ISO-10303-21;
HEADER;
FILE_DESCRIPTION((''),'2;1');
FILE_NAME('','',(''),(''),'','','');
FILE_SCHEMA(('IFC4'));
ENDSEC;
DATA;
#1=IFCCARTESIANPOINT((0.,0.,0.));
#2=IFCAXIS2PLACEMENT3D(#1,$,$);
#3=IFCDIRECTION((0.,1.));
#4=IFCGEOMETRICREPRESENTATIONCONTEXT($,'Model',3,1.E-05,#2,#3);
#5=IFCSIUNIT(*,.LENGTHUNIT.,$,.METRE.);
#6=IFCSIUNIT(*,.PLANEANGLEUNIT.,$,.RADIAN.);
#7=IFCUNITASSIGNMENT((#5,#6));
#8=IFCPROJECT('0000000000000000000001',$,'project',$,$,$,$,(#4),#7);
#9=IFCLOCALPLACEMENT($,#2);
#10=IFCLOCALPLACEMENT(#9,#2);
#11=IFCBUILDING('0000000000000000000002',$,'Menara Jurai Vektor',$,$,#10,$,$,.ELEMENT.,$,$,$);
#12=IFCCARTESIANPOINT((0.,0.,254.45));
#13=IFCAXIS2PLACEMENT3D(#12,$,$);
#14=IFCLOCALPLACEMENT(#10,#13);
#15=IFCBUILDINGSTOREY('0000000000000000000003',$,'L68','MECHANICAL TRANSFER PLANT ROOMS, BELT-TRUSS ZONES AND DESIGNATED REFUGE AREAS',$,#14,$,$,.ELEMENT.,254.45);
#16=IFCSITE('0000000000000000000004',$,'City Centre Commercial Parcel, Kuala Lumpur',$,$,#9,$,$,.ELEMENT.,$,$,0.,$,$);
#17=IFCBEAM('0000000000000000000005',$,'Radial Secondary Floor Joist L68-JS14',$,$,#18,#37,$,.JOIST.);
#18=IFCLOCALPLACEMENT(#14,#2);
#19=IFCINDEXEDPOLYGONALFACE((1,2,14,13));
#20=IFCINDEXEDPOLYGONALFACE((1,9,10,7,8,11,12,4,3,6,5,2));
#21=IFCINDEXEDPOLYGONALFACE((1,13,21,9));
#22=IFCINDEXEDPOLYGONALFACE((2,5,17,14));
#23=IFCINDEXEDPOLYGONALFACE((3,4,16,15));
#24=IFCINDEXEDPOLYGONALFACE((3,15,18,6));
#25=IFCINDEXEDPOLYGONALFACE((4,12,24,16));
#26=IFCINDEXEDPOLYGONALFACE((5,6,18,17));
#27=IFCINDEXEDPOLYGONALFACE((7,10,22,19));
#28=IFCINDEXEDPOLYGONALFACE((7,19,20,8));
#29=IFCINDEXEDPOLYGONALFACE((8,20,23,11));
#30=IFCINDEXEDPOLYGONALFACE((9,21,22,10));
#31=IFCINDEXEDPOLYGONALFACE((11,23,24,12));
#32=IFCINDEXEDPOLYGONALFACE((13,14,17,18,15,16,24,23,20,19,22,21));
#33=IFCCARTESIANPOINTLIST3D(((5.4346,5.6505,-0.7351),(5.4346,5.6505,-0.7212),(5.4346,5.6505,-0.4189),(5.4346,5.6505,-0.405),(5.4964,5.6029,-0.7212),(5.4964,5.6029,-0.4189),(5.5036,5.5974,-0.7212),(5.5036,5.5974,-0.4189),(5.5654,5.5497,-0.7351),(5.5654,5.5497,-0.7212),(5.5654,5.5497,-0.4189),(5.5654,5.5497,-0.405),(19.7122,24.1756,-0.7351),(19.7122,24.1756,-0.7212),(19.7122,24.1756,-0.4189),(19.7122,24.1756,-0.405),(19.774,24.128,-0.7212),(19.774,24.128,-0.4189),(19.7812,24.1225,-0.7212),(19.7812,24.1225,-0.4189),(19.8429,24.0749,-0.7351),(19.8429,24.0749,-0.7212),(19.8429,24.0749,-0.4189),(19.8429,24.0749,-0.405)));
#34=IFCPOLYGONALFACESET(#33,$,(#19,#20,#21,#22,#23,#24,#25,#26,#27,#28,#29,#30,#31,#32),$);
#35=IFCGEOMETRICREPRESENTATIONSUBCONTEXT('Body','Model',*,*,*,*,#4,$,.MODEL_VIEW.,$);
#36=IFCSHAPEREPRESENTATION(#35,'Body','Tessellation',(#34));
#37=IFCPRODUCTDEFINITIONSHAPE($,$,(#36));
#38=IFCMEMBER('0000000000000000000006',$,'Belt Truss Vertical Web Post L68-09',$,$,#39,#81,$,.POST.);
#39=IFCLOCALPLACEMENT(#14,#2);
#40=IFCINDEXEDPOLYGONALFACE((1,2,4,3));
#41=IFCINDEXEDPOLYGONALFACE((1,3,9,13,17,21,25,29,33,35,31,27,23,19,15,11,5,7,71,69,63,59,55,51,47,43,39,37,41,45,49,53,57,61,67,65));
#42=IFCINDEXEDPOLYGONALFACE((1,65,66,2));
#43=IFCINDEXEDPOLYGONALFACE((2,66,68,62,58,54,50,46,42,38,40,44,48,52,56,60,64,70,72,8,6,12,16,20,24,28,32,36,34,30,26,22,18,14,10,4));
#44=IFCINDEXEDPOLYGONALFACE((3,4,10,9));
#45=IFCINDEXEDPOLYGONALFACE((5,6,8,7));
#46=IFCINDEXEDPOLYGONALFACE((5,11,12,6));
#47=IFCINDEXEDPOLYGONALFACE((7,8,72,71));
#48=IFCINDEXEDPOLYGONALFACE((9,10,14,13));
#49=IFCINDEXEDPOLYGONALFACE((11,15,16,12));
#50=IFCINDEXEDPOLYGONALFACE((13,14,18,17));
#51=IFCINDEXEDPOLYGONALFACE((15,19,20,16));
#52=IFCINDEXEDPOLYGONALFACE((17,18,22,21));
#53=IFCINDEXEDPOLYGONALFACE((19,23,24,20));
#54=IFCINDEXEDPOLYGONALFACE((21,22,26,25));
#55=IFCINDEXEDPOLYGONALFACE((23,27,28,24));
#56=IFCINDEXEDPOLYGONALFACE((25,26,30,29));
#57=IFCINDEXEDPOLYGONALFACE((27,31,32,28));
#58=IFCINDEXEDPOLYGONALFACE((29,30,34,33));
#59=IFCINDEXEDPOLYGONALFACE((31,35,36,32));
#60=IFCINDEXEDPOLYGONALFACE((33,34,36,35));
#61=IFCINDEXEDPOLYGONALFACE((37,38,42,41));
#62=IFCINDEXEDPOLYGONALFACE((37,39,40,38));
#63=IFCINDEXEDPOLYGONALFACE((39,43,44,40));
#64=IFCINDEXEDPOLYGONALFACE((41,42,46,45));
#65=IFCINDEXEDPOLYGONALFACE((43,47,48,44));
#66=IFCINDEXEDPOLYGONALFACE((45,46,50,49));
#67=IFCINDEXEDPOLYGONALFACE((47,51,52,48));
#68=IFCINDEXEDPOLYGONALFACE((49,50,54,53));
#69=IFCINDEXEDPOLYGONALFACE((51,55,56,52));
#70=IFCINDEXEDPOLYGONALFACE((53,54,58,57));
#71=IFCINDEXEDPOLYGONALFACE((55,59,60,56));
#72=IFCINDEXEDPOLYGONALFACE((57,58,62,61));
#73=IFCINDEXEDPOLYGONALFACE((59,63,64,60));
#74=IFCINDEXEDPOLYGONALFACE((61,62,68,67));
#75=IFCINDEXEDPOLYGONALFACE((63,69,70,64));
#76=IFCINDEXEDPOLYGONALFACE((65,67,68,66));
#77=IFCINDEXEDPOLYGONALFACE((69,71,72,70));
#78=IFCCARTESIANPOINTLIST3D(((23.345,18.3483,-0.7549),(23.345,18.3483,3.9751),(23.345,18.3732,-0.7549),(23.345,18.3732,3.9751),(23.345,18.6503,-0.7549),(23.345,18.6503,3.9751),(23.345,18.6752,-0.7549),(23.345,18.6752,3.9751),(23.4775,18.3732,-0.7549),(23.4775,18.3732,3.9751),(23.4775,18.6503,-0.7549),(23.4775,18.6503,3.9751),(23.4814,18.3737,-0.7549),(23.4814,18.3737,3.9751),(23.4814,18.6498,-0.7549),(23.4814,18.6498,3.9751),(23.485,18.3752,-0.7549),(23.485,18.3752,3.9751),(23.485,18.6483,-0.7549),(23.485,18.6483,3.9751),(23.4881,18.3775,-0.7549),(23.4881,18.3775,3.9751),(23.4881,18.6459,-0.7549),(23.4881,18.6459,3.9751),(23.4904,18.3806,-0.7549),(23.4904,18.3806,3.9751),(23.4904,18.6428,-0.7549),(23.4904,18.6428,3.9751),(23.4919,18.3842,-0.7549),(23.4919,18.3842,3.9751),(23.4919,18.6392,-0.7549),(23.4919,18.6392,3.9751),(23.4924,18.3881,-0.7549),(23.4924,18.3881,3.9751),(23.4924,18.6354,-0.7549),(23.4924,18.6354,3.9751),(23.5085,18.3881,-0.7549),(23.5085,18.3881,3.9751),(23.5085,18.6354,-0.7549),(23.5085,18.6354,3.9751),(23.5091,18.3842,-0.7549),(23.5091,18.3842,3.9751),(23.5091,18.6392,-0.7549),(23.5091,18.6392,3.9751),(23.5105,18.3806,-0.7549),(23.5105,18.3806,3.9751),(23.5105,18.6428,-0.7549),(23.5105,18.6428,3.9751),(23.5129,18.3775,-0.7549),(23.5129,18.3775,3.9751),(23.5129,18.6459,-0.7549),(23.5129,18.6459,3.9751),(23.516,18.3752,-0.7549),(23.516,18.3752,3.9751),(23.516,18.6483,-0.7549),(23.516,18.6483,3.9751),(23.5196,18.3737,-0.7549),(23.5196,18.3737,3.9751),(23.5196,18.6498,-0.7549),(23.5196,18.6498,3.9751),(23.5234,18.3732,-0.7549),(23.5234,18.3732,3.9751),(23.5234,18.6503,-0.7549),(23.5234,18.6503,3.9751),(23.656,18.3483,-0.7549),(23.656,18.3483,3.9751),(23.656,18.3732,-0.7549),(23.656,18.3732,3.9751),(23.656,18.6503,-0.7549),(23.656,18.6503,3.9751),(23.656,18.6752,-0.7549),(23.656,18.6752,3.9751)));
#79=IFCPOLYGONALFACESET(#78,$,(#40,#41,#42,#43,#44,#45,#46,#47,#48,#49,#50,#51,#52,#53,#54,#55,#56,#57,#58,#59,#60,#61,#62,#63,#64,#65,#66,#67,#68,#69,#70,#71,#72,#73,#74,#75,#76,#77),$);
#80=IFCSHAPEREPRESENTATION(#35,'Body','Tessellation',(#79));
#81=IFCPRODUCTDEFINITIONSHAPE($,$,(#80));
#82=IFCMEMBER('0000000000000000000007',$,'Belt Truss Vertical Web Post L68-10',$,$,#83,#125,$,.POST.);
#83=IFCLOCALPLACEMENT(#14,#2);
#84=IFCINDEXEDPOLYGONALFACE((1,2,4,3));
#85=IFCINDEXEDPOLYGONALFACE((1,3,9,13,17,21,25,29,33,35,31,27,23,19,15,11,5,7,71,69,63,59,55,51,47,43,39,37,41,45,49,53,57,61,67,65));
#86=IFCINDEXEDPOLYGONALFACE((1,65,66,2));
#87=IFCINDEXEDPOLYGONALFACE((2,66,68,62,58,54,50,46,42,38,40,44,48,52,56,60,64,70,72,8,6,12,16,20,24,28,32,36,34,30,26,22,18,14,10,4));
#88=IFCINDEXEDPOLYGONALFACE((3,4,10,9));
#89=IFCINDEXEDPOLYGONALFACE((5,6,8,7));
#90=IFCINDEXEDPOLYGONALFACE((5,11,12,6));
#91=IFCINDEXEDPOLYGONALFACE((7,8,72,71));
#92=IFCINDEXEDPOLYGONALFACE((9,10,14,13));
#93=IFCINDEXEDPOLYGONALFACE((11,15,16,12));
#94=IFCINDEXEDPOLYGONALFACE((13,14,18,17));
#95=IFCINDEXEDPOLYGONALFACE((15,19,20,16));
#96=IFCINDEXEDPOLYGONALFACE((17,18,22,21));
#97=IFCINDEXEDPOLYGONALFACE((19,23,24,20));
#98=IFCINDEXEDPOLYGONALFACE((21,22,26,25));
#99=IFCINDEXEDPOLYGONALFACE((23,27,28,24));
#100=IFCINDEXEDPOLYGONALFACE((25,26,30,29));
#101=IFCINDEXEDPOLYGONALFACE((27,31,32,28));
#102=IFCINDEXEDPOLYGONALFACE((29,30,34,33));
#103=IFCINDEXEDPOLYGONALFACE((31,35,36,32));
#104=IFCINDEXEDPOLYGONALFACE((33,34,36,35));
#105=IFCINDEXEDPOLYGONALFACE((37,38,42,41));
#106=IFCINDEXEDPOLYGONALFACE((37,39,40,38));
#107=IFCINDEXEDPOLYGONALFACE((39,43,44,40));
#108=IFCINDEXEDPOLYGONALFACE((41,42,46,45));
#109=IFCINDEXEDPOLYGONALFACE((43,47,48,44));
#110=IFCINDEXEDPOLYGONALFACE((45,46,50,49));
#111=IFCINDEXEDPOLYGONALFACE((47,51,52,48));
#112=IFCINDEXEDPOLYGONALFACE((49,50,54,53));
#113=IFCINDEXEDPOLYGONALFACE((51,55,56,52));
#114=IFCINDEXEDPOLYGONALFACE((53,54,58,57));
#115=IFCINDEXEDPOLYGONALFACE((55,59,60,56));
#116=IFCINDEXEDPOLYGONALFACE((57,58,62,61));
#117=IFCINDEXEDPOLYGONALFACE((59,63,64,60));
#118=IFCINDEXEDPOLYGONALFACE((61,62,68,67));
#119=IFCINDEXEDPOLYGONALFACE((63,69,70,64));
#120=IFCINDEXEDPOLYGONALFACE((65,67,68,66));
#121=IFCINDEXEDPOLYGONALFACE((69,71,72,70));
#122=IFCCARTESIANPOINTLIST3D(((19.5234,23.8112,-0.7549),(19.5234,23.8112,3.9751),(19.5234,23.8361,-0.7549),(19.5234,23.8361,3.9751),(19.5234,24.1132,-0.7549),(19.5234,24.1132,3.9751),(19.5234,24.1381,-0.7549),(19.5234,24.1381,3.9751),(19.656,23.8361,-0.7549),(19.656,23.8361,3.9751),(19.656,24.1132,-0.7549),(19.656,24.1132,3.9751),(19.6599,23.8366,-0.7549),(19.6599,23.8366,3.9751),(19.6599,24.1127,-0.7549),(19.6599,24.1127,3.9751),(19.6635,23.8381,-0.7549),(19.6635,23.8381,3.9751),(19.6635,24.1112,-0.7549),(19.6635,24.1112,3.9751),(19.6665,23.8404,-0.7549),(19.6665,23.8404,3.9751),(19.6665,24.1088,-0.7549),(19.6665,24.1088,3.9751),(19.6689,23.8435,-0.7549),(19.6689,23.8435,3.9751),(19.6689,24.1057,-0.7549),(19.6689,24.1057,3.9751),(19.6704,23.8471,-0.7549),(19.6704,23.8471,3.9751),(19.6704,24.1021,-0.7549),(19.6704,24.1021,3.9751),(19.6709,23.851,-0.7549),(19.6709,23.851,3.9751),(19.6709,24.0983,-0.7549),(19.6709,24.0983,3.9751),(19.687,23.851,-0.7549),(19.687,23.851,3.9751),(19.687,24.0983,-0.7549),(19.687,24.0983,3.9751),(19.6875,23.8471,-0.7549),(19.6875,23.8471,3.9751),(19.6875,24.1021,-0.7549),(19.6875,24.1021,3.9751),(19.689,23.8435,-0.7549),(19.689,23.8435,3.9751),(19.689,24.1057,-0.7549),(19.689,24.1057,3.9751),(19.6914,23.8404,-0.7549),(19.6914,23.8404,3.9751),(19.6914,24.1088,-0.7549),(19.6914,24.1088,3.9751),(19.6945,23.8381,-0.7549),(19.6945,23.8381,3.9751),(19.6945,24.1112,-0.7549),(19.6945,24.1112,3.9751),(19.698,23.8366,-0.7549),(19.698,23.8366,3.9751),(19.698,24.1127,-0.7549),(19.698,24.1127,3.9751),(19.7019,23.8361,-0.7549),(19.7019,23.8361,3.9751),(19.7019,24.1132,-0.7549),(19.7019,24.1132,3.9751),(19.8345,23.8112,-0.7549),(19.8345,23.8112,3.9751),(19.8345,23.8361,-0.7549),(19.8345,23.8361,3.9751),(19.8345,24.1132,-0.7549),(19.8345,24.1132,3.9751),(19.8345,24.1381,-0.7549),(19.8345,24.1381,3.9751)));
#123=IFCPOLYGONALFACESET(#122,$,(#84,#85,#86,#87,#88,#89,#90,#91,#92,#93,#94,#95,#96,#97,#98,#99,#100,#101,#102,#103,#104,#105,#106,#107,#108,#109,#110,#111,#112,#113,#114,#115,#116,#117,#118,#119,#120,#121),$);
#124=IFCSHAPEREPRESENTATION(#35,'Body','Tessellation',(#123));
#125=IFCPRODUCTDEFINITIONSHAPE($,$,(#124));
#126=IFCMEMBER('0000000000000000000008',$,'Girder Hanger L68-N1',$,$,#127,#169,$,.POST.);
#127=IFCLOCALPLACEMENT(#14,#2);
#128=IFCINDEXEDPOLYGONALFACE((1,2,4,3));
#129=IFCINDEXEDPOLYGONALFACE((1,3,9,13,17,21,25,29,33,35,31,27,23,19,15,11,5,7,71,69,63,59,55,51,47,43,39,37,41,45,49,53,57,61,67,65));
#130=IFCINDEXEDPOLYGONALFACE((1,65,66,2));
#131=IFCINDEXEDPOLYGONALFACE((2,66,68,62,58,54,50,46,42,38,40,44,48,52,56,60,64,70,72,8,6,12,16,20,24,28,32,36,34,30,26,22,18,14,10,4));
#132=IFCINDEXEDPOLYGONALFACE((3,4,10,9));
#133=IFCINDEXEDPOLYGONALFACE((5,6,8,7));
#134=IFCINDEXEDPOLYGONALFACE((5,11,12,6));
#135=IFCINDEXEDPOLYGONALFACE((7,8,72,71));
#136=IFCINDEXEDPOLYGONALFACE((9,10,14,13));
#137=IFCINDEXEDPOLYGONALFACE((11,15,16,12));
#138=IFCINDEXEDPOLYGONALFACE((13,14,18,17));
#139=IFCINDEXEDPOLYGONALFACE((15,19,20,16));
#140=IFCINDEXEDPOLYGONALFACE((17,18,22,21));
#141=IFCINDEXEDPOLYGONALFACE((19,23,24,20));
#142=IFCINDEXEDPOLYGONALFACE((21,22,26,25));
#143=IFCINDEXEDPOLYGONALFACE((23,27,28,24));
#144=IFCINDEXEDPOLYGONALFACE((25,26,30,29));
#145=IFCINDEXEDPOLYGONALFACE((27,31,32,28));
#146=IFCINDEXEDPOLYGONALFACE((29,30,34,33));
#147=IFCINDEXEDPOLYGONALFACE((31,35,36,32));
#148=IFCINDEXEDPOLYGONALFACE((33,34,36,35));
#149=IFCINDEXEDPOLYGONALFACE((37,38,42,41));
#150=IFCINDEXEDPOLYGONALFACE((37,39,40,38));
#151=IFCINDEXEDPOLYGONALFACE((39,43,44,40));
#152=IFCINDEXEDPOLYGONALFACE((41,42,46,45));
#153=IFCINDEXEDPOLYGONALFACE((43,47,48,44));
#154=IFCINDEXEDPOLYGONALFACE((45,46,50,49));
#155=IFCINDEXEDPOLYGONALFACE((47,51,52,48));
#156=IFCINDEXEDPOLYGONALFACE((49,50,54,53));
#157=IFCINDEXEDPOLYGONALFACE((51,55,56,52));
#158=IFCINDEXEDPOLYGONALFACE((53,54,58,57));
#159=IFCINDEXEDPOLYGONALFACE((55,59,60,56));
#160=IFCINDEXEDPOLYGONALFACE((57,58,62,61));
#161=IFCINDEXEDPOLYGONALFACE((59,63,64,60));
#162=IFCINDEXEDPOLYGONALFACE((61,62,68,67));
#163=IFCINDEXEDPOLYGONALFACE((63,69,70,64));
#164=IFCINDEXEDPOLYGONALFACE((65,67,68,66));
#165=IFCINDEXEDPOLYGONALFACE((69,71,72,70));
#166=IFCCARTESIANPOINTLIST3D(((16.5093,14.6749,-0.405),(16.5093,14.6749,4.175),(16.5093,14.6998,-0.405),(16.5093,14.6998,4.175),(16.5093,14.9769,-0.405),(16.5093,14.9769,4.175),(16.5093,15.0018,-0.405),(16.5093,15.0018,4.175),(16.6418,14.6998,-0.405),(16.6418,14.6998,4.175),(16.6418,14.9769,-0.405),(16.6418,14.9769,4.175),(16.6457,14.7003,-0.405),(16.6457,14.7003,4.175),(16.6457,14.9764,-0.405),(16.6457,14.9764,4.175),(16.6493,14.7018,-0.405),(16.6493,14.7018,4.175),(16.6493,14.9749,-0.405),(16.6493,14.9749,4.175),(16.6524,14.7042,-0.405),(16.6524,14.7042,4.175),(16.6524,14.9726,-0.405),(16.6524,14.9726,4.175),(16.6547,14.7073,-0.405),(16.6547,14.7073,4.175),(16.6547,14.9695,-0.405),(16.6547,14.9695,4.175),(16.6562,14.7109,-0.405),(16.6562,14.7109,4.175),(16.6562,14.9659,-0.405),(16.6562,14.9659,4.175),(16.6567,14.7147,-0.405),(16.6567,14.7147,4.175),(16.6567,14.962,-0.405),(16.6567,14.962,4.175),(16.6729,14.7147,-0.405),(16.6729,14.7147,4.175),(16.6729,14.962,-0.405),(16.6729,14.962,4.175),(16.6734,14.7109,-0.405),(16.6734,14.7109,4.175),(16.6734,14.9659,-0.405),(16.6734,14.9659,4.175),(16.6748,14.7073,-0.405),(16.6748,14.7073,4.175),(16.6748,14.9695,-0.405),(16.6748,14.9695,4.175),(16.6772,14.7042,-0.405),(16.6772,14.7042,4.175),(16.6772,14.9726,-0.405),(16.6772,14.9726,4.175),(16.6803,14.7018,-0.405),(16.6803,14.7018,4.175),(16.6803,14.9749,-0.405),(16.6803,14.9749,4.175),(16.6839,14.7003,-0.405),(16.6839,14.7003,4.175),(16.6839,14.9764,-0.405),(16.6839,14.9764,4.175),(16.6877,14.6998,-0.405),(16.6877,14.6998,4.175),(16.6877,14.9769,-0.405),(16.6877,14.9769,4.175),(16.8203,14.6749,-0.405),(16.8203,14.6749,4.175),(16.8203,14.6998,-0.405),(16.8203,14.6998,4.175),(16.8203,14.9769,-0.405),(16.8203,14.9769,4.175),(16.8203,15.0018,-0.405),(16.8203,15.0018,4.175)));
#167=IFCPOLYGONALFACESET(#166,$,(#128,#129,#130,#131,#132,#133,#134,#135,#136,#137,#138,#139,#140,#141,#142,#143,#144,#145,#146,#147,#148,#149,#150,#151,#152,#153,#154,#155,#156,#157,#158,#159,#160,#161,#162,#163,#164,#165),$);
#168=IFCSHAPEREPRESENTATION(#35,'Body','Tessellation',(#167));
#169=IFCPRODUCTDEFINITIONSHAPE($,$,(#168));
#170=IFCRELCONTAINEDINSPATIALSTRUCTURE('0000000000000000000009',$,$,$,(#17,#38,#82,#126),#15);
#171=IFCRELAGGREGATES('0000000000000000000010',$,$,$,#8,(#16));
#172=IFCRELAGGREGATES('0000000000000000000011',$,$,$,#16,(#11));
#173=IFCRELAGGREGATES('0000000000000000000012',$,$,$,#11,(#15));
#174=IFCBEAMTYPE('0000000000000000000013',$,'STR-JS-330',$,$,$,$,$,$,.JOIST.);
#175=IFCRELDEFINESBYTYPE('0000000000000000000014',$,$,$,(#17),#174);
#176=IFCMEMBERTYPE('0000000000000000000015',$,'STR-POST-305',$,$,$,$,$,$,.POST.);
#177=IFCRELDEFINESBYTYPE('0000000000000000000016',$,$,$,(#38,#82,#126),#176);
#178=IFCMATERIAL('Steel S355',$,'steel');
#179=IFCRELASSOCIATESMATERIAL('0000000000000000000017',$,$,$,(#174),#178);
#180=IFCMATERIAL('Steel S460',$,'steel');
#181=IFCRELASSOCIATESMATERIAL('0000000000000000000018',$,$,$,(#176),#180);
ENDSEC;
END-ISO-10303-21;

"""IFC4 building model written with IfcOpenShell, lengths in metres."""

from ifc_helpers import new_model, si_unit, direction, frame, origin, origin_2d, place, context, subcontext, project, spatial, i_section, extrude, material, material_profile, profile_set, type_object, element, save


model = new_model("IFC4")

# Units and contexts
model_context = context("Model", 3, precision=1e-05, world=origin(), true_north=direction((0.0, 1.0)))
body_context = subcontext(model_context, "Body", "Model", "MODEL_VIEW")
ifc_project = project(units=[si_unit("LENGTHUNIT", "METRE"), si_unit("PLANEANGLEUNIT", "RADIAN")], contexts=[model_context])

# Site, building, storey
site_placement = place(None, origin())
site = spatial("IfcSite", under=ifc_project, at=site_placement, Name="City Centre Commercial Parcel, Kuala Lumpur", CompositionType="ELEMENT", RefElevation=0.0)
building_placement = place(site_placement, origin())
building = spatial("IfcBuilding", under=site, at=building_placement, Name="Menara Jurai Vektor", CompositionType="ELEMENT")
storey_placement = place(building_placement, frame((0.0, 0.0, 254.45)))
storey = spatial("IfcBuildingStorey", under=building, at=storey_placement, Name="L68", Description="MECHANICAL TRANSFER PLANT ROOMS, BELT-TRUSS ZONES AND DESIGNATED REFUGE AREAS", CompositionType="ELEMENT", Elevation=254.45)

# Shared definitions
ifc_material_1 = material(Name="Steel S460", Category="steel")

# Beam
ifc_material_2 = material(Name="Steel S355", Category="steel")
ifc_material_profile_1 = material_profile(ifc_material_2, i_section(OverallWidth=0.165, OverallDepth=0.3301, WebThickness=0.009, FlangeThickness=0.0139, at=origin_2d()), Name="PG 330x165x46")
ifc_profile_set_1 = profile_set([ifc_material_profile_1], Name="Steel S355")
beam_type_1 = type_object("IfcBeamType", Name="STR-JS-330", PredefinedType="JOIST", material=ifc_profile_set_1)
beam_1_placement = place(storey_placement, frame((19.7776, 24.1252, -0.5701), z_axis=(-0.610449, -0.792056, 0.0), x_axis=(0.792056, -0.610449, 0.0)))
element("IfcBeam", 1, at=beam_1_placement, inside=storey, type_object=beam_type_1, Name="Radial Secondary Floor Joist L68-JS14", PredefinedType="JOIST", context=body_context, shape_type="SweptSolid", body=[
    extrude(i_section(OverallWidth=0.165, OverallDepth=0.3301, WebThickness=0.009, FlangeThickness=0.0139, at=origin_2d()), origin(), (0.0, 0.0, 1.0), 23.3887),
])

# Members
ifc_material_profile_2 = material_profile(ifc_material_1, i_section(OverallWidth=0.311, OverallDepth=0.3269, WebThickness=0.0161, FlangeThickness=0.0249, FilletRadius=0.0149, at=origin_2d()), Name="UKC 305x305x158")
ifc_profile_set_2 = profile_set([ifc_material_profile_2], Name="Steel S460")
member_type_1 = type_object("IfcMemberType", Name="STR-POST-305", PredefinedType="POST", material=ifc_profile_set_2)
for number, where, z_axis, x_axis, name in (
    (2, (23.5005, 18.5117, -0.7549), (0.0, 0.0, 1.0), (1.0, 0.0, 0.0), "Belt Truss Vertical Web Post L68-09"),
    (3, (19.679, 23.9746, -0.7549), (0.0, 0.0, 1.0), (1.0, 0.0, 0.0), "Belt Truss Vertical Web Post L68-10"),
):
    element("IfcMember", number, at=place(storey_placement, frame(where, z_axis=z_axis, x_axis=x_axis)), inside=storey, type_object=member_type_1, Name=name, PredefinedType="POST", context=body_context, shape_type="SweptSolid", body=[
        extrude(i_section(OverallWidth=0.311, OverallDepth=0.3269, WebThickness=0.0161, FlangeThickness=0.0249, FilletRadius=0.0149, at=origin_2d()), origin(), (0.0, 0.0, 1.0), 4.73),
    ])
member_1_placement = place(storey_placement, frame((16.6648, 14.8384, -0.405), z_axis=(0.0, 0.0, 1.0), x_axis=(1.0, 0.0, 0.0)))
element("IfcMember", 4, at=member_1_placement, inside=storey, type_object=member_type_1, Name="Girder Hanger L68-N1", PredefinedType="POST", context=body_context, shape_type="SweptSolid", body=[
    extrude(i_section(OverallWidth=0.311, OverallDepth=0.3269, WebThickness=0.0161, FlangeThickness=0.0249, FilletRadius=0.0149, at=origin_2d()), origin(), (0.0, 0.0, 1.0), 4.5801),
])

save(model, "model.ifc")
